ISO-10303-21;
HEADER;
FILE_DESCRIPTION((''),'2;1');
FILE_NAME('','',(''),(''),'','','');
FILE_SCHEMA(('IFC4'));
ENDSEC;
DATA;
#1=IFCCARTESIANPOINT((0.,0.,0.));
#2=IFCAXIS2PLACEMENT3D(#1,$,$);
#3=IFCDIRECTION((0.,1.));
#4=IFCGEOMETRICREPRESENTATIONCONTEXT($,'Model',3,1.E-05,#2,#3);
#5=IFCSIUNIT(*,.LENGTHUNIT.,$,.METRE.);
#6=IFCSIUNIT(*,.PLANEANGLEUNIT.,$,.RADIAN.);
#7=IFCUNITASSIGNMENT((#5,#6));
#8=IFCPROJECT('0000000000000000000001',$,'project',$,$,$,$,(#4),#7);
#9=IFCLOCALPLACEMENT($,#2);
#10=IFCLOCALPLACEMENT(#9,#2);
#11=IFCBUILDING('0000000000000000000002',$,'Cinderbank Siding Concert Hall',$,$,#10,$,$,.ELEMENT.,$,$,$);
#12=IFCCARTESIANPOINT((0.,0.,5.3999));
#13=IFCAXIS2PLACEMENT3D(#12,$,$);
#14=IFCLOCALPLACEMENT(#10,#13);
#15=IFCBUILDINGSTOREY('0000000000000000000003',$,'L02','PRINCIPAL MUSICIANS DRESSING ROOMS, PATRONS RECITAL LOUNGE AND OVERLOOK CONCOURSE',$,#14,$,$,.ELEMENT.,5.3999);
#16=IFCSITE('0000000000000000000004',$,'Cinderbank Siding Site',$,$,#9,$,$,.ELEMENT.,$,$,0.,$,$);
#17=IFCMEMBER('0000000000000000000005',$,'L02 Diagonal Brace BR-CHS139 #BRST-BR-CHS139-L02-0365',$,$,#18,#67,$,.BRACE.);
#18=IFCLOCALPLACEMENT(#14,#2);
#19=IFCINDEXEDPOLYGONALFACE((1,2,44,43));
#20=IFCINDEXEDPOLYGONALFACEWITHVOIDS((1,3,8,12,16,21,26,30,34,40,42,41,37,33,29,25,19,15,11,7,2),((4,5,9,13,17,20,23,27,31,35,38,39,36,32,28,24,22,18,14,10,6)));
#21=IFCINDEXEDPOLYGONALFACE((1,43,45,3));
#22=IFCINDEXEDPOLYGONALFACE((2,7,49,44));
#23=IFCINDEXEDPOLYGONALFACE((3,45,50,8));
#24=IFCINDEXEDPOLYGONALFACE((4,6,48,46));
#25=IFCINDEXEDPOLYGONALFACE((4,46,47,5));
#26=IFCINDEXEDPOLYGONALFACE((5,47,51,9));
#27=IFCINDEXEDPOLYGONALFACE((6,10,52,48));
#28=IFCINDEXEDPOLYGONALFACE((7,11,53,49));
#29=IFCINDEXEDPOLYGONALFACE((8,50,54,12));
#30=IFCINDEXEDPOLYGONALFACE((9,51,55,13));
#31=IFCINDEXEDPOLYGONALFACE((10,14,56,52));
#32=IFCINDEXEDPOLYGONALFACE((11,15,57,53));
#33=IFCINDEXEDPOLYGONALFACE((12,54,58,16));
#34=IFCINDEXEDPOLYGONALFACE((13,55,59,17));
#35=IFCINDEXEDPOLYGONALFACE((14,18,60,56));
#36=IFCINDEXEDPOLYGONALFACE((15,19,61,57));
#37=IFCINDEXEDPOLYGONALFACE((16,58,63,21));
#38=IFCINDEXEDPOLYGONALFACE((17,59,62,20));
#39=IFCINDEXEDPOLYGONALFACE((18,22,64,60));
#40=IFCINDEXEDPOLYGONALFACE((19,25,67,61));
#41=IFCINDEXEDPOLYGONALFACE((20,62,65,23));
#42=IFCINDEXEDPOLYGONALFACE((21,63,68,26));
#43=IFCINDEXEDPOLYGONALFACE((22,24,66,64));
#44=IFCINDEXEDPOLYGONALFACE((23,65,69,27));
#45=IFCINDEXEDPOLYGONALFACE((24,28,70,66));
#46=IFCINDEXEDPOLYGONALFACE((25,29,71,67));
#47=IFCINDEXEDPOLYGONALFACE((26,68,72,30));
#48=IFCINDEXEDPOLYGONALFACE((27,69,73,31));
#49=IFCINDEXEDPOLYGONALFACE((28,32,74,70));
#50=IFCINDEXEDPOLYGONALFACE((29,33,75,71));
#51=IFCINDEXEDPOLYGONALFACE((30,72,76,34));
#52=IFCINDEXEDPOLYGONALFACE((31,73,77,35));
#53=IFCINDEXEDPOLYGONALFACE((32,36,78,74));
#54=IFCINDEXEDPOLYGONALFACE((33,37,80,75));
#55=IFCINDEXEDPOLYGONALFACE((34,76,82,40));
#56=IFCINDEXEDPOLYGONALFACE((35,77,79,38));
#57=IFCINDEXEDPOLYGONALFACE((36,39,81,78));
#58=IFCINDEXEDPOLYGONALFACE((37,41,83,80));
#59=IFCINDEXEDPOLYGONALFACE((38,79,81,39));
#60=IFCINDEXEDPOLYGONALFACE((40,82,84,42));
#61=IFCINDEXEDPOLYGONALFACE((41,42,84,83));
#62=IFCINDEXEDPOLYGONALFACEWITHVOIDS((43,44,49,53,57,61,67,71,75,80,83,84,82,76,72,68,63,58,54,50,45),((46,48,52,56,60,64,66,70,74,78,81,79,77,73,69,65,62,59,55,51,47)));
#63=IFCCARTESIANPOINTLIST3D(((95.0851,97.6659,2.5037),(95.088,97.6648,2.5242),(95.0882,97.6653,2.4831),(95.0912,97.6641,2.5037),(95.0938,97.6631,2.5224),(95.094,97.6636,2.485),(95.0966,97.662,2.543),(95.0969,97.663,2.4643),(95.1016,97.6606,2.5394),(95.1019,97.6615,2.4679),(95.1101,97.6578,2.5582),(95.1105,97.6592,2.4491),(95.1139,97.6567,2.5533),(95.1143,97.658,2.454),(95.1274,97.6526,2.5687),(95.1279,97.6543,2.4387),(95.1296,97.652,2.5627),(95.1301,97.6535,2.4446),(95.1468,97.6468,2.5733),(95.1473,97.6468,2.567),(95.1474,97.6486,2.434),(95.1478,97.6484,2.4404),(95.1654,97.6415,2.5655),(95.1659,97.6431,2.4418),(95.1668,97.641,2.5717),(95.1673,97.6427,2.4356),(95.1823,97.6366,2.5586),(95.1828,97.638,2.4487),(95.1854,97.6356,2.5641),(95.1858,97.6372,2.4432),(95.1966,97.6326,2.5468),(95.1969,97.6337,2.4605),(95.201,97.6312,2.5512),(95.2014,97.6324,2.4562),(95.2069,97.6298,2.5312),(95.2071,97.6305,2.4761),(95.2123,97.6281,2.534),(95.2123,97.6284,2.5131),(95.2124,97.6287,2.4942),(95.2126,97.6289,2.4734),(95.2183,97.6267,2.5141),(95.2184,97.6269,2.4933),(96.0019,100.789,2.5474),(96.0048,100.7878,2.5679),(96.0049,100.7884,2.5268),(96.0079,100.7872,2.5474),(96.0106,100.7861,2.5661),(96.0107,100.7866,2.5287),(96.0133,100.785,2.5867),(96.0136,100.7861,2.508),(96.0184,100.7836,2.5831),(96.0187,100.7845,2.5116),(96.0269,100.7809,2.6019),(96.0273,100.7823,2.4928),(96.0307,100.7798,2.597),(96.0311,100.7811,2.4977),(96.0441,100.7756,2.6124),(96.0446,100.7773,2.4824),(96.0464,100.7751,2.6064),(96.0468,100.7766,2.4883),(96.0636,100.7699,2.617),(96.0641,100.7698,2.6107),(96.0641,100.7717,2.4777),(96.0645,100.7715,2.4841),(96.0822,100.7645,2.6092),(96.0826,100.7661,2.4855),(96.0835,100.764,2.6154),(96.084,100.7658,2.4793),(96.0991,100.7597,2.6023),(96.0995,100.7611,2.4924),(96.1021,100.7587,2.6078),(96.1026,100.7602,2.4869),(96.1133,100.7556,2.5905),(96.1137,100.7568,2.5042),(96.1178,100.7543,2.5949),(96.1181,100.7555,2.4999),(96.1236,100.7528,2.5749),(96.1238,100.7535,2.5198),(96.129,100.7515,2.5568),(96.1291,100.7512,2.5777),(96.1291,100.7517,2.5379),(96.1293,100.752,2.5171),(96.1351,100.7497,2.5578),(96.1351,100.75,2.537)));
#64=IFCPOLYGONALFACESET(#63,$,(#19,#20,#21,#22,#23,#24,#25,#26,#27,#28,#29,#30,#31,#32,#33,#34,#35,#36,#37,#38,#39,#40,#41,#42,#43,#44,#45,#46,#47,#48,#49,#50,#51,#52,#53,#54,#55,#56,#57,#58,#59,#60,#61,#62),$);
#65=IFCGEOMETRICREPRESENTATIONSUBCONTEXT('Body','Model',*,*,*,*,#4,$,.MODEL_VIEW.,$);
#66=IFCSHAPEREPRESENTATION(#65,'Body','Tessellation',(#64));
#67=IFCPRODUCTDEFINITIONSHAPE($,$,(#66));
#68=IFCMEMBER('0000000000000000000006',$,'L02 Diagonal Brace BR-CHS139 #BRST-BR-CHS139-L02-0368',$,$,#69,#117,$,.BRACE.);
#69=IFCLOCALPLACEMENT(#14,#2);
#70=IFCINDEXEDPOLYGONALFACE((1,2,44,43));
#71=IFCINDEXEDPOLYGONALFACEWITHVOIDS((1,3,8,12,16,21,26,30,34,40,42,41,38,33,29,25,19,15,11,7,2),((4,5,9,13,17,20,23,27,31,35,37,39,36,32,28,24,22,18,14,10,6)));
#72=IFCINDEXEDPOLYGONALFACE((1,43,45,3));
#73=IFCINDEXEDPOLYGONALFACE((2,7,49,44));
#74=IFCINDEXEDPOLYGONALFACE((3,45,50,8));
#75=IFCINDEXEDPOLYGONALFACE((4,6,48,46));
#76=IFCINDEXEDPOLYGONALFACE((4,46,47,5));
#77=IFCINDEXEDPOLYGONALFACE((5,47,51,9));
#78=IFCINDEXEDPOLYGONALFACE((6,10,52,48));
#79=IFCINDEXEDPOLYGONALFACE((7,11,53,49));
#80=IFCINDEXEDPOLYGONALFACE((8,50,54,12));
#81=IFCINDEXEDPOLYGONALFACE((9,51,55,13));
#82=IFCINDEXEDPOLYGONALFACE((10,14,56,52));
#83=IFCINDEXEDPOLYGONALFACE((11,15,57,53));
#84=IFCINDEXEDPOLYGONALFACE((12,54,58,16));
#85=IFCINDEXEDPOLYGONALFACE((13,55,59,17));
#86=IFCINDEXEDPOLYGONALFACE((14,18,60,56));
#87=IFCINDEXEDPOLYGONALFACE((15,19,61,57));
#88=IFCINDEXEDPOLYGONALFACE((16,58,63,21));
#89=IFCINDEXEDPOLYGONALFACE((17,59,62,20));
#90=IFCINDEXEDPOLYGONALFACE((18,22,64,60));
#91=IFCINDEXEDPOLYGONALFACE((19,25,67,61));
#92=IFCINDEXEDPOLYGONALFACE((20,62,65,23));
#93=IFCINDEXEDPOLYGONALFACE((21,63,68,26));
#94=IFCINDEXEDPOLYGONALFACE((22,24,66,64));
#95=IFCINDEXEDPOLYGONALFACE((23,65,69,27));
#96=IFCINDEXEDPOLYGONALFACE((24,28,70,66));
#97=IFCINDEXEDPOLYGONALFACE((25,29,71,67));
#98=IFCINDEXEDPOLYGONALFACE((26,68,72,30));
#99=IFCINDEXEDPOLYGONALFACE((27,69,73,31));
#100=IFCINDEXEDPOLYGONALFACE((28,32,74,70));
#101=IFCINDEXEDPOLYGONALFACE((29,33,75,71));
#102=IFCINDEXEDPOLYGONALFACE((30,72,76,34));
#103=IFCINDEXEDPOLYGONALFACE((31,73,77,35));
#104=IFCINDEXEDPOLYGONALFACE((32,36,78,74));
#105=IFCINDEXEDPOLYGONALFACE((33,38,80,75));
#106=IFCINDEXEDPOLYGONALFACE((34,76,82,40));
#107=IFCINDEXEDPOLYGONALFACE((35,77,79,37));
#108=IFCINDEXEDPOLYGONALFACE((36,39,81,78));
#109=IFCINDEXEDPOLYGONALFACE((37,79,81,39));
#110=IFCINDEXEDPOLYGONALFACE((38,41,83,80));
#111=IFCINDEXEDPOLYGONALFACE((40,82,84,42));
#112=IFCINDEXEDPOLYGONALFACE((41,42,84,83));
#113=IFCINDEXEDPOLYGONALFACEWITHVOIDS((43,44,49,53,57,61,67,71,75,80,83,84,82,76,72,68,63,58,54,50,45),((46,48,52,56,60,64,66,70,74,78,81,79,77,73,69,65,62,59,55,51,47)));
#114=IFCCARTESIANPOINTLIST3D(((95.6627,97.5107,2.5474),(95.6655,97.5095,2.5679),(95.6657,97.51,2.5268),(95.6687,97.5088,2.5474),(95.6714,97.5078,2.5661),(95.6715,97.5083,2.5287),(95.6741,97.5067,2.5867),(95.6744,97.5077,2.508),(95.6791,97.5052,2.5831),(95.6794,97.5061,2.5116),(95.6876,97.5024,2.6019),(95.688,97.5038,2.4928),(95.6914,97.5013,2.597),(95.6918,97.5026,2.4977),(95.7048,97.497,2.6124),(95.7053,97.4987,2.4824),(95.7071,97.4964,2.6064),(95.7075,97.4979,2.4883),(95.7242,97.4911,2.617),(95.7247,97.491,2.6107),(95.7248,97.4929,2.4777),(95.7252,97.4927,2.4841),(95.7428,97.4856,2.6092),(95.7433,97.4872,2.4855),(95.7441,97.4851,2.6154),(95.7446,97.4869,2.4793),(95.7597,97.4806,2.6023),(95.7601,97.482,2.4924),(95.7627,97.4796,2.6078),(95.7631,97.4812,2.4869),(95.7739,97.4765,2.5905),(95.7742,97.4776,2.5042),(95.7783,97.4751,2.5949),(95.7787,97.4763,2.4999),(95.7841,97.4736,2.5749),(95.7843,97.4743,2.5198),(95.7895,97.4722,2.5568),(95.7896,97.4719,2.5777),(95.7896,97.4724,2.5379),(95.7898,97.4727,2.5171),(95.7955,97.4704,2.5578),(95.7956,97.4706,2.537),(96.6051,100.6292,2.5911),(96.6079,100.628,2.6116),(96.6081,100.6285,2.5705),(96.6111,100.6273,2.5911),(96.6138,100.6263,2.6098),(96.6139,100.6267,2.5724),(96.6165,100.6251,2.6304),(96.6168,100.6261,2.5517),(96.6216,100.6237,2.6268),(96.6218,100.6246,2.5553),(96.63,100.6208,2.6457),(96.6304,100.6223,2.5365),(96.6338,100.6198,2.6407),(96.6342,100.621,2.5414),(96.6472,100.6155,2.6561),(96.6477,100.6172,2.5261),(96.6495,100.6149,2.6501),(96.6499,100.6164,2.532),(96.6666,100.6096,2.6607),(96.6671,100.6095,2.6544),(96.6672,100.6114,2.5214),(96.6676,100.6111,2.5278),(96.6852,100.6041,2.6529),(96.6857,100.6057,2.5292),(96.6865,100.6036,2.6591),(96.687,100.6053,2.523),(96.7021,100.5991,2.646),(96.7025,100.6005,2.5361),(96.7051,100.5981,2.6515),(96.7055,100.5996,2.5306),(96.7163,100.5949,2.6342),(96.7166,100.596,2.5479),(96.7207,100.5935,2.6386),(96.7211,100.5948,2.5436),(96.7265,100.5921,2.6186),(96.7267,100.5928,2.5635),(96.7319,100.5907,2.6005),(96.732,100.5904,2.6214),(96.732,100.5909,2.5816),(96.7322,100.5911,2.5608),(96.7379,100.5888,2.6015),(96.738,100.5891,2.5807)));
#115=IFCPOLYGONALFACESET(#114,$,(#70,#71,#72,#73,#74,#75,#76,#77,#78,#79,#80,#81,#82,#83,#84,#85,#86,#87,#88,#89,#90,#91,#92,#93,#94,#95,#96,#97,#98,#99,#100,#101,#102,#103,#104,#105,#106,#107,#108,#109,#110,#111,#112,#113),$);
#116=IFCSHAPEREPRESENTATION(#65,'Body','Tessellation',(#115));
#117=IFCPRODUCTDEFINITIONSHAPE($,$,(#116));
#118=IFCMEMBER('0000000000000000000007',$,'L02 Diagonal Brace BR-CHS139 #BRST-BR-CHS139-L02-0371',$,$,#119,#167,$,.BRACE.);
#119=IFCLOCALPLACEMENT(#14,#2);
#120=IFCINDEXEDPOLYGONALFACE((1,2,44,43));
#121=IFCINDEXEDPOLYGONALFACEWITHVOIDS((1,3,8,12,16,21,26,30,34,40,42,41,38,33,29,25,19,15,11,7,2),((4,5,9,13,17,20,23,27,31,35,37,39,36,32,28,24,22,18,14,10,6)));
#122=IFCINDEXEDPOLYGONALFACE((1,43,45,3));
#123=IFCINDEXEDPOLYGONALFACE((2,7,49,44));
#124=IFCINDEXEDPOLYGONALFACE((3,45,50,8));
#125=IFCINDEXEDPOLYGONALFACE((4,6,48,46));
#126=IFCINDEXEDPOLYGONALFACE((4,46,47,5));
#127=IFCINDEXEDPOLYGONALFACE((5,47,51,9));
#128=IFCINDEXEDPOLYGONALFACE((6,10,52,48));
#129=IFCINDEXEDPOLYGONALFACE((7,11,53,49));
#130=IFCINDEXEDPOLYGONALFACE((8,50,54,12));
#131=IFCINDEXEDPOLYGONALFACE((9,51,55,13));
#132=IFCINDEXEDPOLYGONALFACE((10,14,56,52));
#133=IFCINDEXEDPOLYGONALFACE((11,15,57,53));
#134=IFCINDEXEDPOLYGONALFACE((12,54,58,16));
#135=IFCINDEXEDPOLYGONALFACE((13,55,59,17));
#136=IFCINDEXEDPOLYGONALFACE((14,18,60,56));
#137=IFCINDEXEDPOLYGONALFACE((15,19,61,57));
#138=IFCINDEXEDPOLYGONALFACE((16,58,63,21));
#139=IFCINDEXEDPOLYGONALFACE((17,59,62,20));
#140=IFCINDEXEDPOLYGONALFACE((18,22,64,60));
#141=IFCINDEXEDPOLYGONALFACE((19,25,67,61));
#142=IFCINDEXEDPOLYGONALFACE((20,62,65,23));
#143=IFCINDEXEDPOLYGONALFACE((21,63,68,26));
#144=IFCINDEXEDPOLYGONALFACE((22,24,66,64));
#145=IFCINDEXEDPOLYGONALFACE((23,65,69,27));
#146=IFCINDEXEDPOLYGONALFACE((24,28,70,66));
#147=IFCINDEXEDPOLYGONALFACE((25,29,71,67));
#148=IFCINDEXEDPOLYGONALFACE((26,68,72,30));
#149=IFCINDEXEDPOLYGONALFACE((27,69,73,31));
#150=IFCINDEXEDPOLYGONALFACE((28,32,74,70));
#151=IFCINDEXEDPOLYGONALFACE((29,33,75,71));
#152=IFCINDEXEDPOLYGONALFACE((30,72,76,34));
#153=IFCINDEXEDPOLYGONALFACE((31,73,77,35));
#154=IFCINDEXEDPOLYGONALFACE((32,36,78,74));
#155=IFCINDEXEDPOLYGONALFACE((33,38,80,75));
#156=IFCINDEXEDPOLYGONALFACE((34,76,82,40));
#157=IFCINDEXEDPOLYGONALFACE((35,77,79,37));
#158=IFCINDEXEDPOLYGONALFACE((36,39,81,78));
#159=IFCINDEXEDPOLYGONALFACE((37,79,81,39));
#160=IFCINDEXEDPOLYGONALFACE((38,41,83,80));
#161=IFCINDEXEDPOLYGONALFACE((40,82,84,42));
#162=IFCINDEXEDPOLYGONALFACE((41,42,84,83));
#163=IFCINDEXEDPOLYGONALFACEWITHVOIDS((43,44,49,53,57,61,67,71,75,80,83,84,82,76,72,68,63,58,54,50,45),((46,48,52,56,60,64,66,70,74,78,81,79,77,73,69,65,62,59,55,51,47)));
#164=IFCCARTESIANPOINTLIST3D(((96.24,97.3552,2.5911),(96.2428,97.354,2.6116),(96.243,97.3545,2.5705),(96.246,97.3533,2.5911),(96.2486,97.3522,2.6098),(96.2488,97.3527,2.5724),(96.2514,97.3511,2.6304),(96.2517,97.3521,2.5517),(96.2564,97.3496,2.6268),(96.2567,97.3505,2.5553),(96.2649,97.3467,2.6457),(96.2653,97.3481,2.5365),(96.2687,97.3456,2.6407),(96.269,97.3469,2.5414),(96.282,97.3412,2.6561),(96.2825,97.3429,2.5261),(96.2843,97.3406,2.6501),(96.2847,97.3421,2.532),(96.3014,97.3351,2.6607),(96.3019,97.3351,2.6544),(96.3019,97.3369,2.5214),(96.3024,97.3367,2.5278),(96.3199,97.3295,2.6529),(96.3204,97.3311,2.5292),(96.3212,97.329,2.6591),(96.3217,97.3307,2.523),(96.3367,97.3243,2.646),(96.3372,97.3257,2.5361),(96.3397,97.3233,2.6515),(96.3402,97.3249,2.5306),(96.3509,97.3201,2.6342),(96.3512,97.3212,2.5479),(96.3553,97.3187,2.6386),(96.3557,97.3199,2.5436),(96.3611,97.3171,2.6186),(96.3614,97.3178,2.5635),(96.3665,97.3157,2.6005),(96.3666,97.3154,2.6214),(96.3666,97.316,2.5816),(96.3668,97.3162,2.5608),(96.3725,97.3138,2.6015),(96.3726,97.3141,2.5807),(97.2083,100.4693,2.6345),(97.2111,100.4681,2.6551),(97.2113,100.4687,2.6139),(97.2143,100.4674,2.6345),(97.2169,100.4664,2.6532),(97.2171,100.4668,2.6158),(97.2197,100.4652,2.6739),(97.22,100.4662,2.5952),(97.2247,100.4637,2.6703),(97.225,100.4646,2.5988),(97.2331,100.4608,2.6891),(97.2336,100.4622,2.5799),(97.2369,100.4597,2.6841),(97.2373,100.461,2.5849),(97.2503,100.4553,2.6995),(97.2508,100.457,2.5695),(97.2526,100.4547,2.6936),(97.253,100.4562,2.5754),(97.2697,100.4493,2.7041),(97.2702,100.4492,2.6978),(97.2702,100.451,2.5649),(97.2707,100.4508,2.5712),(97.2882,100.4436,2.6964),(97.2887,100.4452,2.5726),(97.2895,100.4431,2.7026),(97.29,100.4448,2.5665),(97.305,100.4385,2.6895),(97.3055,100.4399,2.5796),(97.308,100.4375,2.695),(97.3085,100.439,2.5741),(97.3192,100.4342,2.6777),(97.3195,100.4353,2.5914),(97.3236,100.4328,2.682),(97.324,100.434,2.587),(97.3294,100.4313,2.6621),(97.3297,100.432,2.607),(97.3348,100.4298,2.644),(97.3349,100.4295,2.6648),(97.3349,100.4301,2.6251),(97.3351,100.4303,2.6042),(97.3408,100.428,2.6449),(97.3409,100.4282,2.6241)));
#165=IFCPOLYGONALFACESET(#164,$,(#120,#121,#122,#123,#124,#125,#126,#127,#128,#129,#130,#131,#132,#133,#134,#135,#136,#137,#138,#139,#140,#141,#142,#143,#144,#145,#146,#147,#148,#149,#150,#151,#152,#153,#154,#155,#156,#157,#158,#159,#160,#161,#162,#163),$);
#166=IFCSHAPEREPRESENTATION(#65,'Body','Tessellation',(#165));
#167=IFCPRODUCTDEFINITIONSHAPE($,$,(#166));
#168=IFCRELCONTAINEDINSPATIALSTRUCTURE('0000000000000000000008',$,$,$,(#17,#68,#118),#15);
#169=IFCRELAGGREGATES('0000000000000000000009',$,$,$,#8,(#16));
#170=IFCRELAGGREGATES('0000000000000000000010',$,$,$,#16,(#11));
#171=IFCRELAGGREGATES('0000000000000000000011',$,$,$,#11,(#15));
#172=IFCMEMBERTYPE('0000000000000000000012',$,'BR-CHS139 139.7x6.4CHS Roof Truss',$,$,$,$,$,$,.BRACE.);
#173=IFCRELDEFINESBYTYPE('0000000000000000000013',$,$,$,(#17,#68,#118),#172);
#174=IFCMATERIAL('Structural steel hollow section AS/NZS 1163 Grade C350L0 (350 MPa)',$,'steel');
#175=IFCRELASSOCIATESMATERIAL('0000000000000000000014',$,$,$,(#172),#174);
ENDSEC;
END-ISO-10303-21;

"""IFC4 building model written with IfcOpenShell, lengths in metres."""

from ifc_helpers import new_model, si_unit, direction, frame, origin, origin_2d, place, context, subcontext, project, spatial, hollow_circle, extrude, material, material_profile, profile_set, type_object, element, save


model = new_model("IFC4")

# Units and contexts
model_context = context("Model", 3, precision=1e-05, world=origin(), true_north=direction((0.0, 1.0)))
body_context = subcontext(model_context, "Body", "Model", "MODEL_VIEW")
ifc_project = project(units=[si_unit("LENGTHUNIT", "METRE"), si_unit("PLANEANGLEUNIT", "RADIAN")], contexts=[model_context])

# Site, building, storey
site_placement = place(None, origin())
site = spatial("IfcSite", under=ifc_project, at=site_placement, Name="Cinderbank Siding Site", CompositionType="ELEMENT", RefElevation=0.0)
building_placement = place(site_placement, origin())
building = spatial("IfcBuilding", under=site, at=building_placement, Name="Cinderbank Siding Concert Hall", CompositionType="ELEMENT")
storey_placement = place(building_placement, frame((0.0, 0.0, 5.3999)))
storey = spatial("IfcBuildingStorey", under=building, at=storey_placement, Name="L02", Description="PRINCIPAL MUSICIANS DRESSING ROOMS, PATRONS RECITAL LOUNGE AND OVERLOOK CONCOURSE", CompositionType="ELEMENT", Elevation=5.3999)

# Members
ifc_material_1 = material(Name="Structural steel hollow section AS/NZS 1163 Grade C350L0 (350 MPa)", Category="steel")
ifc_material_profile_1 = material_profile(ifc_material_1, hollow_circle(Radius=0.0698, WallThickness=0.0063, at=origin_2d()), Name="139.7x6.4CHS", Category="LoadBearing")
ifc_profile_set_1 = profile_set([ifc_material_profile_1], Name="Structural steel hollow section AS/NZS 1163 Grade C350L0 (350 MPa)")
member_type_1 = type_object("IfcMemberType", Name="BR-CHS139 139.7x6.4CHS Roof Truss", PredefinedType="BRACE", material=ifc_profile_set_1)
member_1_placement = place(storey_placement, frame((95.1521, 97.6462, 2.5037), z_axis=(0.281633, 0.959428, 0.013425), x_axis=(-0.959515, 0.281659, 0.0)))
element("IfcMember", 1, at=member_1_placement, inside=storey, type_object=member_type_1, Name="L02 Diagonal Brace BR-CHS139 #BRST-BR-CHS139-L02-0365", PredefinedType="BRACE", context=body_context, shape_type="SweptSolid", body=[
    extrude(hollow_circle(Radius=0.0698, WallThickness=0.0063, at=origin_2d()), origin(), (0.0, 0.0, 1.0), 3.2551),
])
member_2_placement = place(storey_placement, frame((95.7295, 97.4905, 2.5474), z_axis=(0.289253, 0.957159, 0.013414), x_axis=(-0.957245, 0.289279, 0.0)))
element("IfcMember", 2, at=member_2_placement, inside=storey, type_object=member_type_1, Name="L02 Diagonal Brace BR-CHS139 #BRST-BR-CHS139-L02-0368", PredefinedType="BRACE", context=body_context, shape_type="SweptSolid", body=[
    extrude(hollow_circle(Radius=0.0698, WallThickness=0.0063, at=origin_2d()), origin(), (0.0, 0.0, 1.0), 3.2581),
])
member_3_placement = place(storey_placement, frame((96.3066, 97.3345, 2.5911), z_axis=(0.296889, 0.954819, 0.013325), x_axis=(-0.954904, 0.296915, 0.0)))
element("IfcMember", 3, at=member_3_placement, inside=storey, type_object=member_type_1, Name="L02 Diagonal Brace BR-CHS139 #BRST-BR-CHS139-L02-0371", PredefinedType="BRACE", context=body_context, shape_type="SweptSolid", body=[
    extrude(hollow_circle(Radius=0.0698, WallThickness=0.0063, at=origin_2d()), origin(), (0.0, 0.0, 1.0), 3.2615),
])

save(model, "model.ifc")
